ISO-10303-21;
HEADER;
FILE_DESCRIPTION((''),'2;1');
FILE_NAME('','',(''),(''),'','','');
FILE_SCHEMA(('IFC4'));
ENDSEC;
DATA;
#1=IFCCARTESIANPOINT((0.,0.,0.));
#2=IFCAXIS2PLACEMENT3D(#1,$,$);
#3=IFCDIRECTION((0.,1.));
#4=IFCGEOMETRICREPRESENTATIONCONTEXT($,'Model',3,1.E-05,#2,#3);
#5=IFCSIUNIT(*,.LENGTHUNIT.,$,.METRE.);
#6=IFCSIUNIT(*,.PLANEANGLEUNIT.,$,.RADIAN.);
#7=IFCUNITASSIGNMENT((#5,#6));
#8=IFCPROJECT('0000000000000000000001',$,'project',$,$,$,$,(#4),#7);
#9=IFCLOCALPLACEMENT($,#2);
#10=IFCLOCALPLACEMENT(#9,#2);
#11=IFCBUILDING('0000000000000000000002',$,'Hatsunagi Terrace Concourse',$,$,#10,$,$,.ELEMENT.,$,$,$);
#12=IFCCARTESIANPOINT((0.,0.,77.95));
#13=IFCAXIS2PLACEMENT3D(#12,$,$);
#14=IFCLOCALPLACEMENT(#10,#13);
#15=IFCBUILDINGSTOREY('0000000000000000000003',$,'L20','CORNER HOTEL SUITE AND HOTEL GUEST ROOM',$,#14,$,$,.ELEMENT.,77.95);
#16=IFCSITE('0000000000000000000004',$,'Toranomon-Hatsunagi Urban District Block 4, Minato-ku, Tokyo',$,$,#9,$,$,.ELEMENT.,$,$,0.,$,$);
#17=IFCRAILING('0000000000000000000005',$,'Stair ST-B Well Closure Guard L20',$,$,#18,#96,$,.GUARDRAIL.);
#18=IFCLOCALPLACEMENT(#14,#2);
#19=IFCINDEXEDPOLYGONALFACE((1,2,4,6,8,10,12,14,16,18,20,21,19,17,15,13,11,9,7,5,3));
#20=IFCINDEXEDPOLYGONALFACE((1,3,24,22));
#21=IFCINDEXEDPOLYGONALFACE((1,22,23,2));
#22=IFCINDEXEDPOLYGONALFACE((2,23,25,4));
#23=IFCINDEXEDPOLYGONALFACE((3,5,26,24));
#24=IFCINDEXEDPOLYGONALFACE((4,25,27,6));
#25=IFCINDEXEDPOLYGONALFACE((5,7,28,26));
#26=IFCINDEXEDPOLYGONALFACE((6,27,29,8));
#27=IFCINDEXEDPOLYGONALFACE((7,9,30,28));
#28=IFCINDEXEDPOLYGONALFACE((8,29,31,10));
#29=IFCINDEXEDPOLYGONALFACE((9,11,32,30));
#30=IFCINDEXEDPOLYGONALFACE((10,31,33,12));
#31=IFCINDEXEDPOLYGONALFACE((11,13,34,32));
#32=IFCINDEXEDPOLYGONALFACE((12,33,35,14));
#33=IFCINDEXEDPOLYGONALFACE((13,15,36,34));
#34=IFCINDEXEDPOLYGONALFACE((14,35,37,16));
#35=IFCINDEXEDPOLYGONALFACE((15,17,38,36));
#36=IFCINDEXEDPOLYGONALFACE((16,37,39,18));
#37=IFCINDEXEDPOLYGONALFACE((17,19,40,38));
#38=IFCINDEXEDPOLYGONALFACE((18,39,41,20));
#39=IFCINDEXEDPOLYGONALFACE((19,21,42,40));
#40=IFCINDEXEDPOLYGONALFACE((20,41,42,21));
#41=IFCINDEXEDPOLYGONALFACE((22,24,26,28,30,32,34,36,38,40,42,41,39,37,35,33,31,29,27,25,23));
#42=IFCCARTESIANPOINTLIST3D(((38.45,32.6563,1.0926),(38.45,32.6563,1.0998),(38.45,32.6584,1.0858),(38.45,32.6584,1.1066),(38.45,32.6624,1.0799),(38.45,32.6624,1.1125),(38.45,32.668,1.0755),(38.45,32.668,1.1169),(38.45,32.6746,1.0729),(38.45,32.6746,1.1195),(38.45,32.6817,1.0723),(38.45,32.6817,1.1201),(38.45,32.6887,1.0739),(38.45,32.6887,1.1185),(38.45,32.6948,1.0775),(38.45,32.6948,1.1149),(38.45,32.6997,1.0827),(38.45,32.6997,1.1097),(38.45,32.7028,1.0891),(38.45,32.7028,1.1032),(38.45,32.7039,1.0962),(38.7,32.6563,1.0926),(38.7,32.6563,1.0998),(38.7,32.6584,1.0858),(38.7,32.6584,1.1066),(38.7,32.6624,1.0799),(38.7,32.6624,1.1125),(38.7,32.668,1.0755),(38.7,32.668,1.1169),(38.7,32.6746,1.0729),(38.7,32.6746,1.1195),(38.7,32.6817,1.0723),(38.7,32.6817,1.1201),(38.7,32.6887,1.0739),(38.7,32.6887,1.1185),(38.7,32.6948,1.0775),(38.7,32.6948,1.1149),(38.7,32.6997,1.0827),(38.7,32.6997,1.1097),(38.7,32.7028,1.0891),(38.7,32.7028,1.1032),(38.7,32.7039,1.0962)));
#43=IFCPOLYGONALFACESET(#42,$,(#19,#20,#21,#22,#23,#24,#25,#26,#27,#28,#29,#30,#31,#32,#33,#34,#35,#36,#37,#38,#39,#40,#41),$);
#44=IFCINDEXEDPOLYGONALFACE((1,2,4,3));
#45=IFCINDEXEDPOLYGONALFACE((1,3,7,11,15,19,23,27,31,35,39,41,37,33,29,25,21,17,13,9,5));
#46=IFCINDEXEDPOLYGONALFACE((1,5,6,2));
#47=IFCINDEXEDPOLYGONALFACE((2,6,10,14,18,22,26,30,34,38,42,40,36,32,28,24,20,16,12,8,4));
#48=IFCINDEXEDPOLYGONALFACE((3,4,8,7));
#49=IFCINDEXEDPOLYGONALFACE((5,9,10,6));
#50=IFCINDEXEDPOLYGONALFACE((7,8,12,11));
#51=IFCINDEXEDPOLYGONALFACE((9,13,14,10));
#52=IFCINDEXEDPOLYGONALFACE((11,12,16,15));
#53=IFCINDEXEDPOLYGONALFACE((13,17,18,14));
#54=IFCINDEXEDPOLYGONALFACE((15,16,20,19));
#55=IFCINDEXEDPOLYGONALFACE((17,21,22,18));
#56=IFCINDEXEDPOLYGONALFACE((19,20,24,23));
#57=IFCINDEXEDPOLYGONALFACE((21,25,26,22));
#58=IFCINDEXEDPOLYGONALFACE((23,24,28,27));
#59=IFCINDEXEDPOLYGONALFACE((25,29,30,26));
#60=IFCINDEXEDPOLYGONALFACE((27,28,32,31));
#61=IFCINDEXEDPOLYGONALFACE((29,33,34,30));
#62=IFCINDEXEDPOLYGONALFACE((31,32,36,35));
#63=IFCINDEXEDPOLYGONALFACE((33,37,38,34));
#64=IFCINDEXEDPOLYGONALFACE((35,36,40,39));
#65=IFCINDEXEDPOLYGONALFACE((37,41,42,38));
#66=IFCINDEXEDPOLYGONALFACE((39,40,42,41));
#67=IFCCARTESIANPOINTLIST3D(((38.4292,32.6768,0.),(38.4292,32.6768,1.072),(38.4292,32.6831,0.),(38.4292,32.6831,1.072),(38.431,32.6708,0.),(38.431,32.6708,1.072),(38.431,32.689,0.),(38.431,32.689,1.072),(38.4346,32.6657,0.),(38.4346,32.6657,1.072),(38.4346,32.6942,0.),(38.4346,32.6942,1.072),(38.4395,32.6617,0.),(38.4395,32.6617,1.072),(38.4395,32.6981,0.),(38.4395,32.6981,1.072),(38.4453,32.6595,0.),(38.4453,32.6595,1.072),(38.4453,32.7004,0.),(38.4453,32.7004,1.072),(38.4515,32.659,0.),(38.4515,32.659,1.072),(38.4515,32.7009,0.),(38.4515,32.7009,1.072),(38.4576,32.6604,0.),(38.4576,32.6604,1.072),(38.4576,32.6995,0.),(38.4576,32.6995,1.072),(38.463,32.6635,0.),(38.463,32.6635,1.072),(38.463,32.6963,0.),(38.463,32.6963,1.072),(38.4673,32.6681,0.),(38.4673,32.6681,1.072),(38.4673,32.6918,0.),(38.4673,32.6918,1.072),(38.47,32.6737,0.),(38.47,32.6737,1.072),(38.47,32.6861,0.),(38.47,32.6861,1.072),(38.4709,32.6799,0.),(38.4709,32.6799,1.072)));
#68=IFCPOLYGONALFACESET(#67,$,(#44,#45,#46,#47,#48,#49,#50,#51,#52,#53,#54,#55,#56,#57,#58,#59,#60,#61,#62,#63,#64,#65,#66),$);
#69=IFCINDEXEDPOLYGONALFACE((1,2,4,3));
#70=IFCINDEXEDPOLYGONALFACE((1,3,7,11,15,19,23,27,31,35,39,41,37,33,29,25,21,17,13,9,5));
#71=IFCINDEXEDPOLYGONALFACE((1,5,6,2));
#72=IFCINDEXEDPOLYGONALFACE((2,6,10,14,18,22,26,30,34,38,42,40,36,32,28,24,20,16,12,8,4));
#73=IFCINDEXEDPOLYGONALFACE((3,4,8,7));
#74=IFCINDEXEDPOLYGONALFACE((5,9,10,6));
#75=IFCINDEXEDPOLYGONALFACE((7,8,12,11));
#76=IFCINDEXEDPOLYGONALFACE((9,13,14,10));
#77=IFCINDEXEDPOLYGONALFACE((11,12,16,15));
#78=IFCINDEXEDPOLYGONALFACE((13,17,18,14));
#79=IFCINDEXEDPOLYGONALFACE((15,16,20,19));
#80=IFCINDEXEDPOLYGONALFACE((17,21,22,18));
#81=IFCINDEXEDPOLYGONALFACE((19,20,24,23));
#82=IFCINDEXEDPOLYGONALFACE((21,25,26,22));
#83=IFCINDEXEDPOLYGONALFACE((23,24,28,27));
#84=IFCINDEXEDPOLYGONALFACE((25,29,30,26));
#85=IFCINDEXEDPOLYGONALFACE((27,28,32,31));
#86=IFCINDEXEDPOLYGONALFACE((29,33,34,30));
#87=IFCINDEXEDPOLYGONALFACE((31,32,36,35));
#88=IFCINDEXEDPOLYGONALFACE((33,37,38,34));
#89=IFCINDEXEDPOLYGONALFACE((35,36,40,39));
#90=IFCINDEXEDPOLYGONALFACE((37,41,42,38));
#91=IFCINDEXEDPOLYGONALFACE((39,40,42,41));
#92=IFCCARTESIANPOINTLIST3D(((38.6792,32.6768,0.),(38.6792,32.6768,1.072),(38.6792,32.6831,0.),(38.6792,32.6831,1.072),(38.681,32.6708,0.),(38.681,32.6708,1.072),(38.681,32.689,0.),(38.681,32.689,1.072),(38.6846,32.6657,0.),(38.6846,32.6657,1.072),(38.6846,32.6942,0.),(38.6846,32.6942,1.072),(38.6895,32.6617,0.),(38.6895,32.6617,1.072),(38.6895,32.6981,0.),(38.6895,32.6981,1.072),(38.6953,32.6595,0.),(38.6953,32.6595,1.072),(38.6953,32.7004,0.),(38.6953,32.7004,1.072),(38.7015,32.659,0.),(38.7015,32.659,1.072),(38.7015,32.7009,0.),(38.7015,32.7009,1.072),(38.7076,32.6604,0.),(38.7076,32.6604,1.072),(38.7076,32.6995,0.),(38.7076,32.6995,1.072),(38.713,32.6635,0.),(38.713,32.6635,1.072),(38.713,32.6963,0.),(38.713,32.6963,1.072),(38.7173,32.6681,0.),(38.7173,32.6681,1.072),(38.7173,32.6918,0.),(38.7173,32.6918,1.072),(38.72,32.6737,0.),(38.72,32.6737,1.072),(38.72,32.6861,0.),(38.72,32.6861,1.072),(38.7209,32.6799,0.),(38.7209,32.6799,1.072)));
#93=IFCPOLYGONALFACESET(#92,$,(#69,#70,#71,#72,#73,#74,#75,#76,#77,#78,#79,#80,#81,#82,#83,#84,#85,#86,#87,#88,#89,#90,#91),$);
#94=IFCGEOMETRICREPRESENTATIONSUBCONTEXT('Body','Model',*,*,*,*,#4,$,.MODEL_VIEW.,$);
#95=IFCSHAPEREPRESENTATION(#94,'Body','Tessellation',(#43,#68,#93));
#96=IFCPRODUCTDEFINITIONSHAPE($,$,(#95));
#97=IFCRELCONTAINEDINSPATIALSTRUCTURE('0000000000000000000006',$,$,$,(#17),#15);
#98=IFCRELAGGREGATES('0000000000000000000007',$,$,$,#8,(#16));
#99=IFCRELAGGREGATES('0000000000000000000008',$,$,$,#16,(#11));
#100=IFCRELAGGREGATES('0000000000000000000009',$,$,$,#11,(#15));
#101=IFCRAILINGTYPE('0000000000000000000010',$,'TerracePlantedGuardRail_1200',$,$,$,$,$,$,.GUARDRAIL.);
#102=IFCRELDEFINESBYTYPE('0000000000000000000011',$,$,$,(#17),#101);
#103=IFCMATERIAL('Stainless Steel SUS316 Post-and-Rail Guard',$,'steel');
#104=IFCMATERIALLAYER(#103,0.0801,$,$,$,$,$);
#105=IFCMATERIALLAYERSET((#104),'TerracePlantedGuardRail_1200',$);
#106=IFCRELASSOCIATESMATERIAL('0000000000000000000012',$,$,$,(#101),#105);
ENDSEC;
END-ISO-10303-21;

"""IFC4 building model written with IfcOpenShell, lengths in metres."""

from ifc_helpers import new_model, si_unit, direction, frame, origin, origin_2d, place, context, subcontext, project, spatial, circle, extrude, material, layer, layer_set, type_object, element, save


model = new_model("IFC4")

# Units and contexts
model_context = context("Model", 3, precision=1e-05, world=origin(), true_north=direction((0.0, 1.0)))
body_context = subcontext(model_context, "Body", "Model", "MODEL_VIEW")
ifc_project = project(units=[si_unit("LENGTHUNIT", "METRE"), si_unit("PLANEANGLEUNIT", "RADIAN")], contexts=[model_context])

# Site, building, storey
site_placement = place(None, origin())
site = spatial("IfcSite", under=ifc_project, at=site_placement, Name="Toranomon-Hatsunagi Urban District Block 4, Minato-ku, Tokyo", CompositionType="ELEMENT", RefElevation=0.0)
building_placement = place(site_placement, origin())
building = spatial("IfcBuilding", under=site, at=building_placement, Name="Hatsunagi Terrace Concourse", CompositionType="ELEMENT")
storey_placement = place(building_placement, frame((0.0, 0.0, 77.95)))
storey = spatial("IfcBuildingStorey", under=building, at=storey_placement, Name="L20", Description="CORNER HOTEL SUITE AND HOTEL GUEST ROOM", CompositionType="ELEMENT", Elevation=77.95)

# Railing
ifc_material_1 = material(Name="Stainless Steel SUS316 Post-and-Rail Guard", Category="steel")
ifc_layer_1 = layer(ifc_material_1, 0.0801)
ifc_layer_set_1 = layer_set([ifc_layer_1], Name="TerracePlantedGuardRail_1200")
railing_type_1 = type_object("IfcRailingType", Name="TerracePlantedGuardRail_1200", PredefinedType="GUARDRAIL", material=ifc_layer_set_1)
railing_1_placement = place(storey_placement, frame((38.45, 32.6799, 0.0)))
element("IfcRailing", 1, at=railing_1_placement, inside=storey, type_object=railing_type_1, Name="Stair ST-B Well Closure Guard L20", PredefinedType="GUARDRAIL", context=body_context, shape_type="SweptSolid", body=[
    extrude(circle(Radius=0.0239, at=origin_2d()), frame((0.0, 0.0, 1.0962), z_axis=(1.0, 0.0, 0.0), x_axis=(0.0, 1.0, 0.0)), (0.0, 0.0, 1.0), 0.25),
    extrude(circle(Radius=0.021, at=origin_2d()), origin(), (0.0, 0.0, 1.0), 1.072),
    extrude(circle(Radius=0.021, at=origin_2d()), frame((0.25, 0.0, 0.0)), (0.0, 0.0, 1.0), 1.072),
])

save(model, "model.ifc")
